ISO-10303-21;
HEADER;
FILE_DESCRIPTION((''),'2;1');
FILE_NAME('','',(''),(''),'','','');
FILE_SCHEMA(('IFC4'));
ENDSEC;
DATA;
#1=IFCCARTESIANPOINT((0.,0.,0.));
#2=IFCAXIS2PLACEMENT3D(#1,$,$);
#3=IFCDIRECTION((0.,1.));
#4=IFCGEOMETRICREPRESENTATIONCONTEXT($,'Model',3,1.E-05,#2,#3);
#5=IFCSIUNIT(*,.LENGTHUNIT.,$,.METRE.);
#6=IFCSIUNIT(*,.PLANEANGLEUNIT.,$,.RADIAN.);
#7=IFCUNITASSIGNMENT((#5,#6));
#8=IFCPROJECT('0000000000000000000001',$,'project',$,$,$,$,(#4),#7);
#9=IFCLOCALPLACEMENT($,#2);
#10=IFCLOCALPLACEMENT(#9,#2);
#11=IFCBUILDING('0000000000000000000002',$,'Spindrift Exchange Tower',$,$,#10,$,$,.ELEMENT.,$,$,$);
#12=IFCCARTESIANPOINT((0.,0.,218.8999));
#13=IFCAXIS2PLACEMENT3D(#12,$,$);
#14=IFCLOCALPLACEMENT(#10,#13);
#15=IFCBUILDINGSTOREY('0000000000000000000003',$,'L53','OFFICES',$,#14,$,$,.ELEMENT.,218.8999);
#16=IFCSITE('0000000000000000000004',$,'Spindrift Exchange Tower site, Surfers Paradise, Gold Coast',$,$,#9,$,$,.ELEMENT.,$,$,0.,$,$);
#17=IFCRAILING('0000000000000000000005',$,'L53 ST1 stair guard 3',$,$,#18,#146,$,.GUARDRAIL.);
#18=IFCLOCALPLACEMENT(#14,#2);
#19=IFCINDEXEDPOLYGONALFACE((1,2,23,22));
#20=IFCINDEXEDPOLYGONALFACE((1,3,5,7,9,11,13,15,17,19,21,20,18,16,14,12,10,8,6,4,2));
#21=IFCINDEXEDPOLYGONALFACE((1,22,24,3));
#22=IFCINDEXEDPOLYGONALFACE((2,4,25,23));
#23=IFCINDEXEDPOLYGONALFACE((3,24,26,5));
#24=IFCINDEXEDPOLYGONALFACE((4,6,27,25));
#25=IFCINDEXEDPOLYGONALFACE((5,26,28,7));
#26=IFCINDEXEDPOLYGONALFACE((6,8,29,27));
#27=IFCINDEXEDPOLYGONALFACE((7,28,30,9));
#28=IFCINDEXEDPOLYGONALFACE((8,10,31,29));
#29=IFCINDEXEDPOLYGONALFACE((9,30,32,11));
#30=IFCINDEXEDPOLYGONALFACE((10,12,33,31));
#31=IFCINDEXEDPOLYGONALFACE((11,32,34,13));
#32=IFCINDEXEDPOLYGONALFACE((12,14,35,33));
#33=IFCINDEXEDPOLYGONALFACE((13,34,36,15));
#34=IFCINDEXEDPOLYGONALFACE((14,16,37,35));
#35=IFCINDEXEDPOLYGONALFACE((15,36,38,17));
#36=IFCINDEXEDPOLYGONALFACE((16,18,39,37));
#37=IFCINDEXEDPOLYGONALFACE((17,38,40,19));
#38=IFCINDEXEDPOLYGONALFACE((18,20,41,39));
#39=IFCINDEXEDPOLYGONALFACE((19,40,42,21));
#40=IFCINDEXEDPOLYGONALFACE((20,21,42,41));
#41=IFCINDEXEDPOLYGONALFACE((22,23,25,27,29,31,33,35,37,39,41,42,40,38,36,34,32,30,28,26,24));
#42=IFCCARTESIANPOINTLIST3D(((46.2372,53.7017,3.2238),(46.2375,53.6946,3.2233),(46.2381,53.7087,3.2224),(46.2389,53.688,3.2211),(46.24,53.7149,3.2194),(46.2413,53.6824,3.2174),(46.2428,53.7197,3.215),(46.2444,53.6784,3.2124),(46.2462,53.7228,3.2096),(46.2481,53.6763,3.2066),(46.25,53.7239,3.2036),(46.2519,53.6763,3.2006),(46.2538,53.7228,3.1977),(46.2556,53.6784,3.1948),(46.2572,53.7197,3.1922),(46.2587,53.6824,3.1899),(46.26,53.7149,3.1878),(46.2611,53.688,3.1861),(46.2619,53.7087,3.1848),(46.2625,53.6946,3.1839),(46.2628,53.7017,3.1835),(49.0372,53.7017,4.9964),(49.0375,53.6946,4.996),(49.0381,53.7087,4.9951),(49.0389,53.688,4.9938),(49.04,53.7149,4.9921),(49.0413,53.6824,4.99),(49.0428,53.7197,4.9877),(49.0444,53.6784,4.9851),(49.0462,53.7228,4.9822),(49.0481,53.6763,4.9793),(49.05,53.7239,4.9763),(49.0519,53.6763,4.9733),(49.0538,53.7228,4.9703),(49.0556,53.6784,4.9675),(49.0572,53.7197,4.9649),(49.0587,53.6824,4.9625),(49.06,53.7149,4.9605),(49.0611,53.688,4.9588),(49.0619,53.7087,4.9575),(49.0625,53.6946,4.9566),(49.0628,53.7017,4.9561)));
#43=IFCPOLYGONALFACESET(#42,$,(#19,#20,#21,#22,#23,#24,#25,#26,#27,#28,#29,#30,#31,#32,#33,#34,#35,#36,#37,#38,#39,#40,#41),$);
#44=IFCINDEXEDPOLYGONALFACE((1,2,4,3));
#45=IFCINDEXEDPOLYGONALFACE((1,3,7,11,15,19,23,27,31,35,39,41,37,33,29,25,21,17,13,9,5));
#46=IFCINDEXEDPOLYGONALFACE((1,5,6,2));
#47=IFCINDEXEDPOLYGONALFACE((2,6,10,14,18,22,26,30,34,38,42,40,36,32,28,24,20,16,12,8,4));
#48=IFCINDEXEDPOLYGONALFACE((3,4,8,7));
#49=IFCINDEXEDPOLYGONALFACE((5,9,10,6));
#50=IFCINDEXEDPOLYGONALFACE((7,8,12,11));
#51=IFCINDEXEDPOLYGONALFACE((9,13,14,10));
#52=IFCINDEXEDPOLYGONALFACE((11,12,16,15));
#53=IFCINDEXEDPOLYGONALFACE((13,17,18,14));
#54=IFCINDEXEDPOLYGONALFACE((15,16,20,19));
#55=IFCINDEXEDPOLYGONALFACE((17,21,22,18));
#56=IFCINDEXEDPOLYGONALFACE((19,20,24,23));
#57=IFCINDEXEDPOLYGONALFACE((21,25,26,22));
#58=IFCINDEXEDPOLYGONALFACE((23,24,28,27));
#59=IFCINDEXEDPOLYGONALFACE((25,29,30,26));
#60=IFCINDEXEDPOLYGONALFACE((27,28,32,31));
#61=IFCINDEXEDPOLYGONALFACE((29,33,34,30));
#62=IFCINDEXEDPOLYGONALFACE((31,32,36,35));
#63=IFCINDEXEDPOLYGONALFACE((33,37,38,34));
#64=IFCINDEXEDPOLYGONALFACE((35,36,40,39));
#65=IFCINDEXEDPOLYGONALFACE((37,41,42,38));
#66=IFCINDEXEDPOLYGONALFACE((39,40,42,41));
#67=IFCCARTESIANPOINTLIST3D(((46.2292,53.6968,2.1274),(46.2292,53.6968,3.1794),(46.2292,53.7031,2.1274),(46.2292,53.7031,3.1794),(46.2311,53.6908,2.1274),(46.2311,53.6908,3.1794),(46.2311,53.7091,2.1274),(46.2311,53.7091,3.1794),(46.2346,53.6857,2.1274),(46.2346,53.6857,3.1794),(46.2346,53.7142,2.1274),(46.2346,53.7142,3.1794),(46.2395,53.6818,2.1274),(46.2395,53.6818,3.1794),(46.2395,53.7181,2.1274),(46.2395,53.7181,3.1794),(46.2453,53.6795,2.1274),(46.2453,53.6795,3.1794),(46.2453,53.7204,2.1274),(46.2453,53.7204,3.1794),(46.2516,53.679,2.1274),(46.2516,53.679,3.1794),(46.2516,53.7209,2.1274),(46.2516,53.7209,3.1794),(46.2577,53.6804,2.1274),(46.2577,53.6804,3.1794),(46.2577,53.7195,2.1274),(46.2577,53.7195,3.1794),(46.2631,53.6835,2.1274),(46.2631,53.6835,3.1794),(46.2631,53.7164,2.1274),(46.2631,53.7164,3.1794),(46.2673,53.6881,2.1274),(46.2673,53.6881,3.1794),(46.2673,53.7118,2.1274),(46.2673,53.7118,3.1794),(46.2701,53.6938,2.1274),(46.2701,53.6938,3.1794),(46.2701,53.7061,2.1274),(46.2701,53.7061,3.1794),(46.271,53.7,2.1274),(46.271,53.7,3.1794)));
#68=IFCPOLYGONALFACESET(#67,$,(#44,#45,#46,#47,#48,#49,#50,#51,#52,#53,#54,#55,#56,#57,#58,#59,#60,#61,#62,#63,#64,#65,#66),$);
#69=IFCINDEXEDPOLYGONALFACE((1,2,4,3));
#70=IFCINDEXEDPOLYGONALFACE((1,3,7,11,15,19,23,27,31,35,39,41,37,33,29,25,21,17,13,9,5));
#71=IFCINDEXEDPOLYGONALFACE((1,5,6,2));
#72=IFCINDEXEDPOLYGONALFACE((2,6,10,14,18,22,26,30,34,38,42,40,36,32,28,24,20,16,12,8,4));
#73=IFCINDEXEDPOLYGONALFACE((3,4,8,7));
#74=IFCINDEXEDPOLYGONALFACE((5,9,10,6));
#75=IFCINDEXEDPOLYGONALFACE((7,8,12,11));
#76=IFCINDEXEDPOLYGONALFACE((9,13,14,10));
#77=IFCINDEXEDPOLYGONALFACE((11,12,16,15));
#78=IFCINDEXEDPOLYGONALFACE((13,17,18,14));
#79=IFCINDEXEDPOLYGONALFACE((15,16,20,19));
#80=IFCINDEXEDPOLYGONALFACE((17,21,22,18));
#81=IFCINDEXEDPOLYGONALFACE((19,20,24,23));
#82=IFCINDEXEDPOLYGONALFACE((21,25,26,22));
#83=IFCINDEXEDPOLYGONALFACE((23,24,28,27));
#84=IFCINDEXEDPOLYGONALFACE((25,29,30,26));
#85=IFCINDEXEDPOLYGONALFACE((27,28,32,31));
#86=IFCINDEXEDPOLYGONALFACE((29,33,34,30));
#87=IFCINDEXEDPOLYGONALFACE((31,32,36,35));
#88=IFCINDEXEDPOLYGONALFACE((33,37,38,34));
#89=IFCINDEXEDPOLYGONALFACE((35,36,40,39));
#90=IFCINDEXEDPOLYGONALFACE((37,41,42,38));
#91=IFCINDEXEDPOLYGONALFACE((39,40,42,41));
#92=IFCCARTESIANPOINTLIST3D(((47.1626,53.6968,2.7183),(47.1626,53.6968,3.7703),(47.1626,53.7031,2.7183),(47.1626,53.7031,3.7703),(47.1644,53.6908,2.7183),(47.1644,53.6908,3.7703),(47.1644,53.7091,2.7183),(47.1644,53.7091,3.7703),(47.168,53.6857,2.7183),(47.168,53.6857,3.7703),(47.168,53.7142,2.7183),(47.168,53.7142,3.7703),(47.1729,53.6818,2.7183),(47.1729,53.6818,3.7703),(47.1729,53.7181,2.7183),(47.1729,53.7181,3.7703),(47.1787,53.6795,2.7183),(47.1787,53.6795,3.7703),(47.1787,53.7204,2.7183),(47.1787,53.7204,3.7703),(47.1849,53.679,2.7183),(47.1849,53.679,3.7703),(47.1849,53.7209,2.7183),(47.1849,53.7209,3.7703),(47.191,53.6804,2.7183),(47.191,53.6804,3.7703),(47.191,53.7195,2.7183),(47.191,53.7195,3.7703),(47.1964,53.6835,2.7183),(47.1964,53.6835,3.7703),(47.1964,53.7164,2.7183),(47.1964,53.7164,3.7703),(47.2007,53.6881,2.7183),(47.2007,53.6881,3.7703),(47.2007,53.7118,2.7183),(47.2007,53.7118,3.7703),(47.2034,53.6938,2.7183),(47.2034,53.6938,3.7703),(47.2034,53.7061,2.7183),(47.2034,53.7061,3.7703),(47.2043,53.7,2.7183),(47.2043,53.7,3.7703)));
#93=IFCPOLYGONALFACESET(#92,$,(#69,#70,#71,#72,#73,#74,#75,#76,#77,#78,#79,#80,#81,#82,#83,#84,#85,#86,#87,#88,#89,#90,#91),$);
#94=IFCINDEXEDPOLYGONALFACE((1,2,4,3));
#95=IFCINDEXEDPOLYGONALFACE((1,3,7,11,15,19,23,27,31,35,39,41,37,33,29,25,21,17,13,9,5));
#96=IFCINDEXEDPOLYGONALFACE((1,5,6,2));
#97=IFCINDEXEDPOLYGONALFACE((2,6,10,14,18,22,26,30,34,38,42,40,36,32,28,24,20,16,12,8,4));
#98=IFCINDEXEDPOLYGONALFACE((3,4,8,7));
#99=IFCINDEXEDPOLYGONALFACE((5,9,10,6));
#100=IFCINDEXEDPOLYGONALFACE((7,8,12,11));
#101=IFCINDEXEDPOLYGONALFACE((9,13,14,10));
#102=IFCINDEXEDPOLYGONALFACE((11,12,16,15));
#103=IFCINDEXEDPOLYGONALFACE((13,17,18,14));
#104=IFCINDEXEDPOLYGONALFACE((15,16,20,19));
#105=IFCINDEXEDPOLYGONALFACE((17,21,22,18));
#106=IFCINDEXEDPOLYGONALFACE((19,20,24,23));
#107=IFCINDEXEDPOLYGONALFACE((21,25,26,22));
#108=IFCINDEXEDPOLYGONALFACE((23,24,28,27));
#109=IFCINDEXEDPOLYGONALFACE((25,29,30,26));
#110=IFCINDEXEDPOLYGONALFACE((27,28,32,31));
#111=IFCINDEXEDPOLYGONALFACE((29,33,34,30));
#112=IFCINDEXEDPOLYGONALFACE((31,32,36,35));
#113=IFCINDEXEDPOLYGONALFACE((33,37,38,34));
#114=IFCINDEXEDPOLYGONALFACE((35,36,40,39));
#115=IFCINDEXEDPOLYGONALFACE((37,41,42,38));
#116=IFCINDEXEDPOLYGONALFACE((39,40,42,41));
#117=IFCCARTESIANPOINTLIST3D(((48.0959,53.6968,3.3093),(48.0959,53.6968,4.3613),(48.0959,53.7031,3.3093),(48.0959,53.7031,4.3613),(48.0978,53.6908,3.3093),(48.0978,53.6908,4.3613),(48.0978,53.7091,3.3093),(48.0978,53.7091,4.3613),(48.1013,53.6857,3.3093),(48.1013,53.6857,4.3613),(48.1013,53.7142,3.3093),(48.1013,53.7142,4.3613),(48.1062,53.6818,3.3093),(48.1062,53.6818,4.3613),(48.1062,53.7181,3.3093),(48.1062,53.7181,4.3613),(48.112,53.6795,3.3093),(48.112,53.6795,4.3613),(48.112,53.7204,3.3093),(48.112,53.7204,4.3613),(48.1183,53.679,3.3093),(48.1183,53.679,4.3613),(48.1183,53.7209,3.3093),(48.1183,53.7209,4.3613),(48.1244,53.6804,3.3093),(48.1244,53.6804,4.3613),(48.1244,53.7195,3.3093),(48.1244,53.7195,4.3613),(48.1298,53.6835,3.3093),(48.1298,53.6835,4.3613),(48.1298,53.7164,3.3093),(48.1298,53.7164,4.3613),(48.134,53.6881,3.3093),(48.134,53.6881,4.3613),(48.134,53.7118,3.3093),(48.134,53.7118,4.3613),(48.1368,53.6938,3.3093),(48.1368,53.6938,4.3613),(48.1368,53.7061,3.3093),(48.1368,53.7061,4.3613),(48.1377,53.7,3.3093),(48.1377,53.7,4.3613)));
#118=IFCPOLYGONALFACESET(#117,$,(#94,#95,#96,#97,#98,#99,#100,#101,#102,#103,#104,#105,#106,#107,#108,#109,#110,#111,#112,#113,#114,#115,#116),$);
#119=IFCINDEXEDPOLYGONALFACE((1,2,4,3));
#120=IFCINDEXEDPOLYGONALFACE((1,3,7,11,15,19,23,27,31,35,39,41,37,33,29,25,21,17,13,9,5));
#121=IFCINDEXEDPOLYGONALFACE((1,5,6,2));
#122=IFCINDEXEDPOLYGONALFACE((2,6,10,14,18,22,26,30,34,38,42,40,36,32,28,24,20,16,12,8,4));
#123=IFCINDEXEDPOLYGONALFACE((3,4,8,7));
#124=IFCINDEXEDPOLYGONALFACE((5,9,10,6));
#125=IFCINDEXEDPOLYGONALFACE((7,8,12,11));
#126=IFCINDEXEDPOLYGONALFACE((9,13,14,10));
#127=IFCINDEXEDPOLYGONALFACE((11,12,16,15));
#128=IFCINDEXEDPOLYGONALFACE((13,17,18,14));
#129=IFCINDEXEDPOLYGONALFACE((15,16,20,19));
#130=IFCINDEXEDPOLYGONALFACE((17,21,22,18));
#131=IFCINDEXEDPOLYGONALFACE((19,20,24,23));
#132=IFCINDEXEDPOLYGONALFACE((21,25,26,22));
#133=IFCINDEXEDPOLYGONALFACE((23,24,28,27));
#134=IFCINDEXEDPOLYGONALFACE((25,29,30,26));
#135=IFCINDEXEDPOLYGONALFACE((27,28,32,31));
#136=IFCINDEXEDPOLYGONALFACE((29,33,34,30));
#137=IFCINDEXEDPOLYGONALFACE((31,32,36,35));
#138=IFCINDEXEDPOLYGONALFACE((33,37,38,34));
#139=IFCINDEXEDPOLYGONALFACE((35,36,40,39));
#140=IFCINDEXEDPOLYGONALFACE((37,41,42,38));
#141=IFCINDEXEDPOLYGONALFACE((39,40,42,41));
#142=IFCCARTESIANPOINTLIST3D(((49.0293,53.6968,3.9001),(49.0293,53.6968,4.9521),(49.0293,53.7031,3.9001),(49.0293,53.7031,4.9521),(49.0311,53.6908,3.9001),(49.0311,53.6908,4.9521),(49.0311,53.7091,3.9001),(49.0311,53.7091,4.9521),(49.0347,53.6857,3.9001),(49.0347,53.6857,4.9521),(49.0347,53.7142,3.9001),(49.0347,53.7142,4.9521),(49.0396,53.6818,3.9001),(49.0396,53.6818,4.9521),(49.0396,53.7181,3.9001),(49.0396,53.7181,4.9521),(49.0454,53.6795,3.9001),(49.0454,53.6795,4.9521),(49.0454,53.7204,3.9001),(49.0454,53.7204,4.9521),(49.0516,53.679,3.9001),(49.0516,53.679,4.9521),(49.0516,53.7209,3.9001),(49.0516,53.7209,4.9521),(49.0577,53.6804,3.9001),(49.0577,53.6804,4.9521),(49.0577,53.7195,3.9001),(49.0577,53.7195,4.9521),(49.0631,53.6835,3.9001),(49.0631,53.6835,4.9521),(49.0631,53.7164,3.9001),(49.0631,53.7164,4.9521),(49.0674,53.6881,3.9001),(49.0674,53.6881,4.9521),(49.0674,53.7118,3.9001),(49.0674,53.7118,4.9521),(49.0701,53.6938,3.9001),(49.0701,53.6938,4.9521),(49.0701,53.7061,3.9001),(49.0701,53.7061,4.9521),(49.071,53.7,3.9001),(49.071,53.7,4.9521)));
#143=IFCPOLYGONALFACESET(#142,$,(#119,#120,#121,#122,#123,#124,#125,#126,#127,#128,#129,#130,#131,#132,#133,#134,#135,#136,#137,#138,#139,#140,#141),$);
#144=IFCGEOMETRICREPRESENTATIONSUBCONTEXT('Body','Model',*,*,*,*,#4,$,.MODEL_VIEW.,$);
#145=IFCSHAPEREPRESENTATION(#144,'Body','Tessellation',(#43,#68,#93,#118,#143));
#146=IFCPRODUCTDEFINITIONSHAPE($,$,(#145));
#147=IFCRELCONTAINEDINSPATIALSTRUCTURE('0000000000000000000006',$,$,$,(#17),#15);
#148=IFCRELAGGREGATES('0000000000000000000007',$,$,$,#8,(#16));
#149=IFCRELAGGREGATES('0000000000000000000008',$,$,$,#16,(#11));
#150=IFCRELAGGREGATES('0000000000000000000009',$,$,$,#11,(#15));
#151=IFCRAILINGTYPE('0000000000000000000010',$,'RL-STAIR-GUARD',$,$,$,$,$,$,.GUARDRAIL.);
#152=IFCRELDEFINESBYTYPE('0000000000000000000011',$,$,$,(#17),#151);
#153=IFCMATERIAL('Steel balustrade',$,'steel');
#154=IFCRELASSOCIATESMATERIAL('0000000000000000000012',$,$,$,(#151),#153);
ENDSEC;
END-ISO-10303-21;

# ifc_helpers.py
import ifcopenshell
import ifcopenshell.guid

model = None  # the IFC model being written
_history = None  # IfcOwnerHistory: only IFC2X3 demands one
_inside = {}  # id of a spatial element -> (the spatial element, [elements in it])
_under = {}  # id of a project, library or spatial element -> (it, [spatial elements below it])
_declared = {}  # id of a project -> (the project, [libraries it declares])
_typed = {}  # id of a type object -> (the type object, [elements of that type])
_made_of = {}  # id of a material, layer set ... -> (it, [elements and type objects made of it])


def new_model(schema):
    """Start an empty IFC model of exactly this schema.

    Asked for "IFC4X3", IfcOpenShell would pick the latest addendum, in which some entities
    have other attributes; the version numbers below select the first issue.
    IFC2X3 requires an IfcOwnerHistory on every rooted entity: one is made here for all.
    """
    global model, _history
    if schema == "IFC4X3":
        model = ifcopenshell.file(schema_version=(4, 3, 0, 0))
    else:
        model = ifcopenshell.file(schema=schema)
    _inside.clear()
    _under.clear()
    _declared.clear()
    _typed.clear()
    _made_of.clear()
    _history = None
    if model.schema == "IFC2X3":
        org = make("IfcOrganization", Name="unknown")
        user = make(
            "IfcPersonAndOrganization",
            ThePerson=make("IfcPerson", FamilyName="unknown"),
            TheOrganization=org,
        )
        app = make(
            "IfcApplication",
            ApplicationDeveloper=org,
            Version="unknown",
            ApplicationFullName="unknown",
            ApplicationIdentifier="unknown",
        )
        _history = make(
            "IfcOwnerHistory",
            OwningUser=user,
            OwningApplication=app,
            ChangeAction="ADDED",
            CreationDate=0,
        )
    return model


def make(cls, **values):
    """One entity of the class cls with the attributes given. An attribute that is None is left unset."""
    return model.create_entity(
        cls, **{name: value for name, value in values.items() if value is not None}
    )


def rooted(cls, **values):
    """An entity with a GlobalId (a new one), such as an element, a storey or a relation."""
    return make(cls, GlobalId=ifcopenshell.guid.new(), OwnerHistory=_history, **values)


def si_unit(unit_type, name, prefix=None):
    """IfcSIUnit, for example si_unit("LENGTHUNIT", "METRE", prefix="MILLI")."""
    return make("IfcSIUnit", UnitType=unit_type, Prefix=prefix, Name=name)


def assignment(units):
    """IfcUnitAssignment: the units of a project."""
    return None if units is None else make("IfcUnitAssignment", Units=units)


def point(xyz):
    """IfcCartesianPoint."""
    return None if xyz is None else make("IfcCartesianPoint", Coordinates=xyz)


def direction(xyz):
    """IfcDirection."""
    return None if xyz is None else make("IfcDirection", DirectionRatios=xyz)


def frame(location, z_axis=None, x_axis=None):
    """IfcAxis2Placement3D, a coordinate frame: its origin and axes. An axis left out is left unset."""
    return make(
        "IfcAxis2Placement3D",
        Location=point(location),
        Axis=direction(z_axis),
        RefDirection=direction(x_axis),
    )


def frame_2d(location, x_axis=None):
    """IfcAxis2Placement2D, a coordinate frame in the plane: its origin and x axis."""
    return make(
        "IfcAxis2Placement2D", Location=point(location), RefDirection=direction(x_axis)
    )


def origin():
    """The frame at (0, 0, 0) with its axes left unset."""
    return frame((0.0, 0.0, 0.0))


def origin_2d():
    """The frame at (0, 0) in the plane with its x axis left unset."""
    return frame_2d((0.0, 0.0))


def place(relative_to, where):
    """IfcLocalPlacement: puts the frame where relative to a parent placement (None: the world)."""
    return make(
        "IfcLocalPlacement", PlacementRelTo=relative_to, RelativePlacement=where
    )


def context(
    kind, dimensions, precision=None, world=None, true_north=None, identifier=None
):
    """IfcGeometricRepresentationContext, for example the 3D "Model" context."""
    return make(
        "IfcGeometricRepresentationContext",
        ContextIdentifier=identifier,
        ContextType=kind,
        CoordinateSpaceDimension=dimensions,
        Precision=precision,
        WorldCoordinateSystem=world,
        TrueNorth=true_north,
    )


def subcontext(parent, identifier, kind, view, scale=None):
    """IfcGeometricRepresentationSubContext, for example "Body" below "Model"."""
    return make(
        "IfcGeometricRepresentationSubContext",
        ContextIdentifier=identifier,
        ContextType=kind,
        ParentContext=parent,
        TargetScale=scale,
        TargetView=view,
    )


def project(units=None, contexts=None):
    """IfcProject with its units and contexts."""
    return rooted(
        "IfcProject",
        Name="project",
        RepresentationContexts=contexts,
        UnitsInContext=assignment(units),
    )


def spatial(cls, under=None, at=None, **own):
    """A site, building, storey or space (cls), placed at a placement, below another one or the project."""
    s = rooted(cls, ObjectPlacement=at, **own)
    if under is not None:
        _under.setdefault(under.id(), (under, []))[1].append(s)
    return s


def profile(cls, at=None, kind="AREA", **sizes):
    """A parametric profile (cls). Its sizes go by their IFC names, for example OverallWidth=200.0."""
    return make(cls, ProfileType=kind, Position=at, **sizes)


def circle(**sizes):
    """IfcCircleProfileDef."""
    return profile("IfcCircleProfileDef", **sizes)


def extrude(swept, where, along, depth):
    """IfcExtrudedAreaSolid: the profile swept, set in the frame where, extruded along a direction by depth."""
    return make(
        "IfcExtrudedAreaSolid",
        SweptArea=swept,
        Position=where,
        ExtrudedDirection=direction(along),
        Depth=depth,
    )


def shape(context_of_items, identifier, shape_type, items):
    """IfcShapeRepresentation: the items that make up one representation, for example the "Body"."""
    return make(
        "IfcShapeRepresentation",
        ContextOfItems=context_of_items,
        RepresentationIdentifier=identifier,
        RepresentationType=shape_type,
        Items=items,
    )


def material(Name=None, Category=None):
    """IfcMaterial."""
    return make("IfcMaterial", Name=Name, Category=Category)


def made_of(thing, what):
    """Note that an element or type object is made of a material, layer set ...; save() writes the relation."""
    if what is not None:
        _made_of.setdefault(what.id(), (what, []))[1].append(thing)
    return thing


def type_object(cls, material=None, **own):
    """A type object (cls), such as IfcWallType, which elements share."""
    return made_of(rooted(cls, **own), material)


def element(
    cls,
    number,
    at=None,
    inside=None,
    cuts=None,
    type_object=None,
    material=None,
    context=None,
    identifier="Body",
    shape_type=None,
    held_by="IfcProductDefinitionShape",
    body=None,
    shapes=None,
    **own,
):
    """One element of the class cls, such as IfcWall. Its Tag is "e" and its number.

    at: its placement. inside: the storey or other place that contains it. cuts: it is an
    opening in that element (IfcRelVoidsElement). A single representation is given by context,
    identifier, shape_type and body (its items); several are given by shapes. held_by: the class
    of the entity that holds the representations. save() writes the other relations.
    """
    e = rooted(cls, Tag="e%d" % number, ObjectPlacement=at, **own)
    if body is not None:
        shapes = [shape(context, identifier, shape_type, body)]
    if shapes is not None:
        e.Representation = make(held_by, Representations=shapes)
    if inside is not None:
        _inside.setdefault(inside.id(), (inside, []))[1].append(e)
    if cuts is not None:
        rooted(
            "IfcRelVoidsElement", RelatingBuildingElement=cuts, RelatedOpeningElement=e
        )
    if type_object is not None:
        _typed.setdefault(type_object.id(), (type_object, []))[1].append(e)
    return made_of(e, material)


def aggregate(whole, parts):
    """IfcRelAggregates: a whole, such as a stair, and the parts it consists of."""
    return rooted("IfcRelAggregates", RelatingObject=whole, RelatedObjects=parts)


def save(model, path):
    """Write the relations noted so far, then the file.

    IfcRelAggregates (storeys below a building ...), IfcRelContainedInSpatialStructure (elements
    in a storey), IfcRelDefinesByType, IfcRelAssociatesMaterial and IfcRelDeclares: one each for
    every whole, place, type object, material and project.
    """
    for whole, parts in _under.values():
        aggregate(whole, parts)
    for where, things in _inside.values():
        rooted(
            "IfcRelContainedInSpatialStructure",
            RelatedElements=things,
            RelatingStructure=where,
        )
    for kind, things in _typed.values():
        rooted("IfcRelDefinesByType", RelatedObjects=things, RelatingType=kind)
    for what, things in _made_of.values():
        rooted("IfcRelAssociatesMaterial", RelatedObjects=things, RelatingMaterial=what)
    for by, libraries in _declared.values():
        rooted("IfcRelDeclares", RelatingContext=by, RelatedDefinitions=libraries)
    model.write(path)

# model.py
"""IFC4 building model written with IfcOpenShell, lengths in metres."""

from ifc_helpers import new_model, si_unit, direction, frame, origin, origin_2d, place, context, subcontext, project, spatial, circle, extrude, material, type_object, element, save


model = new_model("IFC4")

# Units and contexts
model_context = context("Model", 3, precision=1e-05, world=origin(), true_north=direction((0.0, 1.0)))
body_context = subcontext(model_context, "Body", "Model", "MODEL_VIEW")
ifc_project = project(units=[si_unit("LENGTHUNIT", "METRE"), si_unit("PLANEANGLEUNIT", "RADIAN")], contexts=[model_context])

# Site, building, storey
site_placement = place(None, origin())
site = spatial("IfcSite", under=ifc_project, at=site_placement, Name="Spindrift Exchange Tower site, Surfers Paradise, Gold Coast", CompositionType="ELEMENT", RefElevation=0.0)
building_placement = place(site_placement, origin())
building = spatial("IfcBuilding", under=site, at=building_placement, Name="Spindrift Exchange Tower", CompositionType="ELEMENT")
storey_placement = place(building_placement, frame((0.0, 0.0, 218.8999)))
storey = spatial("IfcBuildingStorey", under=building, at=storey_placement, Name="L53", Description="OFFICES", CompositionType="ELEMENT", Elevation=218.8999)

# Railing
ifc_material_1 = material(Name="Steel balustrade", Category="steel")
railing_type_1 = type_object("IfcRailingType", Name="RL-STAIR-GUARD", PredefinedType="GUARDRAIL", material=ifc_material_1)
railing_1_placement = place(storey_placement, frame((46.25, 53.7, 2.1274)))
element("IfcRailing", 1, at=railing_1_placement, inside=storey, type_object=railing_type_1, Name="L53 ST1 stair guard 3", PredefinedType="GUARDRAIL", context=body_context, shape_type="SweptSolid", body=[
    extrude(circle(Radius=0.0239, at=origin_2d()), frame((0.0, 0.0, 1.0762), z_axis=(0.844909, 0.0, 0.53491), x_axis=(0.0, 1.0, 0.0)), (0.0, 0.0, 1.0), 3.314),
    extrude(circle(Radius=0.021, at=origin_2d()), origin(), (0.0, 0.0, 1.0), 1.052),
    extrude(circle(Radius=0.021, at=origin_2d()), frame((0.9333, 0.0, 0.5908)), (0.0, 0.0, 1.0), 1.052),
    extrude(circle(Radius=0.021, at=origin_2d()), frame((1.8667, 0.0, 1.1819)), (0.0, 0.0, 1.0), 1.052),
    extrude(circle(Radius=0.021, at=origin_2d()), frame((2.8, 0.0, 1.7727)), (0.0, 0.0, 1.0), 1.052),
])

save(model, "model.ifc")
